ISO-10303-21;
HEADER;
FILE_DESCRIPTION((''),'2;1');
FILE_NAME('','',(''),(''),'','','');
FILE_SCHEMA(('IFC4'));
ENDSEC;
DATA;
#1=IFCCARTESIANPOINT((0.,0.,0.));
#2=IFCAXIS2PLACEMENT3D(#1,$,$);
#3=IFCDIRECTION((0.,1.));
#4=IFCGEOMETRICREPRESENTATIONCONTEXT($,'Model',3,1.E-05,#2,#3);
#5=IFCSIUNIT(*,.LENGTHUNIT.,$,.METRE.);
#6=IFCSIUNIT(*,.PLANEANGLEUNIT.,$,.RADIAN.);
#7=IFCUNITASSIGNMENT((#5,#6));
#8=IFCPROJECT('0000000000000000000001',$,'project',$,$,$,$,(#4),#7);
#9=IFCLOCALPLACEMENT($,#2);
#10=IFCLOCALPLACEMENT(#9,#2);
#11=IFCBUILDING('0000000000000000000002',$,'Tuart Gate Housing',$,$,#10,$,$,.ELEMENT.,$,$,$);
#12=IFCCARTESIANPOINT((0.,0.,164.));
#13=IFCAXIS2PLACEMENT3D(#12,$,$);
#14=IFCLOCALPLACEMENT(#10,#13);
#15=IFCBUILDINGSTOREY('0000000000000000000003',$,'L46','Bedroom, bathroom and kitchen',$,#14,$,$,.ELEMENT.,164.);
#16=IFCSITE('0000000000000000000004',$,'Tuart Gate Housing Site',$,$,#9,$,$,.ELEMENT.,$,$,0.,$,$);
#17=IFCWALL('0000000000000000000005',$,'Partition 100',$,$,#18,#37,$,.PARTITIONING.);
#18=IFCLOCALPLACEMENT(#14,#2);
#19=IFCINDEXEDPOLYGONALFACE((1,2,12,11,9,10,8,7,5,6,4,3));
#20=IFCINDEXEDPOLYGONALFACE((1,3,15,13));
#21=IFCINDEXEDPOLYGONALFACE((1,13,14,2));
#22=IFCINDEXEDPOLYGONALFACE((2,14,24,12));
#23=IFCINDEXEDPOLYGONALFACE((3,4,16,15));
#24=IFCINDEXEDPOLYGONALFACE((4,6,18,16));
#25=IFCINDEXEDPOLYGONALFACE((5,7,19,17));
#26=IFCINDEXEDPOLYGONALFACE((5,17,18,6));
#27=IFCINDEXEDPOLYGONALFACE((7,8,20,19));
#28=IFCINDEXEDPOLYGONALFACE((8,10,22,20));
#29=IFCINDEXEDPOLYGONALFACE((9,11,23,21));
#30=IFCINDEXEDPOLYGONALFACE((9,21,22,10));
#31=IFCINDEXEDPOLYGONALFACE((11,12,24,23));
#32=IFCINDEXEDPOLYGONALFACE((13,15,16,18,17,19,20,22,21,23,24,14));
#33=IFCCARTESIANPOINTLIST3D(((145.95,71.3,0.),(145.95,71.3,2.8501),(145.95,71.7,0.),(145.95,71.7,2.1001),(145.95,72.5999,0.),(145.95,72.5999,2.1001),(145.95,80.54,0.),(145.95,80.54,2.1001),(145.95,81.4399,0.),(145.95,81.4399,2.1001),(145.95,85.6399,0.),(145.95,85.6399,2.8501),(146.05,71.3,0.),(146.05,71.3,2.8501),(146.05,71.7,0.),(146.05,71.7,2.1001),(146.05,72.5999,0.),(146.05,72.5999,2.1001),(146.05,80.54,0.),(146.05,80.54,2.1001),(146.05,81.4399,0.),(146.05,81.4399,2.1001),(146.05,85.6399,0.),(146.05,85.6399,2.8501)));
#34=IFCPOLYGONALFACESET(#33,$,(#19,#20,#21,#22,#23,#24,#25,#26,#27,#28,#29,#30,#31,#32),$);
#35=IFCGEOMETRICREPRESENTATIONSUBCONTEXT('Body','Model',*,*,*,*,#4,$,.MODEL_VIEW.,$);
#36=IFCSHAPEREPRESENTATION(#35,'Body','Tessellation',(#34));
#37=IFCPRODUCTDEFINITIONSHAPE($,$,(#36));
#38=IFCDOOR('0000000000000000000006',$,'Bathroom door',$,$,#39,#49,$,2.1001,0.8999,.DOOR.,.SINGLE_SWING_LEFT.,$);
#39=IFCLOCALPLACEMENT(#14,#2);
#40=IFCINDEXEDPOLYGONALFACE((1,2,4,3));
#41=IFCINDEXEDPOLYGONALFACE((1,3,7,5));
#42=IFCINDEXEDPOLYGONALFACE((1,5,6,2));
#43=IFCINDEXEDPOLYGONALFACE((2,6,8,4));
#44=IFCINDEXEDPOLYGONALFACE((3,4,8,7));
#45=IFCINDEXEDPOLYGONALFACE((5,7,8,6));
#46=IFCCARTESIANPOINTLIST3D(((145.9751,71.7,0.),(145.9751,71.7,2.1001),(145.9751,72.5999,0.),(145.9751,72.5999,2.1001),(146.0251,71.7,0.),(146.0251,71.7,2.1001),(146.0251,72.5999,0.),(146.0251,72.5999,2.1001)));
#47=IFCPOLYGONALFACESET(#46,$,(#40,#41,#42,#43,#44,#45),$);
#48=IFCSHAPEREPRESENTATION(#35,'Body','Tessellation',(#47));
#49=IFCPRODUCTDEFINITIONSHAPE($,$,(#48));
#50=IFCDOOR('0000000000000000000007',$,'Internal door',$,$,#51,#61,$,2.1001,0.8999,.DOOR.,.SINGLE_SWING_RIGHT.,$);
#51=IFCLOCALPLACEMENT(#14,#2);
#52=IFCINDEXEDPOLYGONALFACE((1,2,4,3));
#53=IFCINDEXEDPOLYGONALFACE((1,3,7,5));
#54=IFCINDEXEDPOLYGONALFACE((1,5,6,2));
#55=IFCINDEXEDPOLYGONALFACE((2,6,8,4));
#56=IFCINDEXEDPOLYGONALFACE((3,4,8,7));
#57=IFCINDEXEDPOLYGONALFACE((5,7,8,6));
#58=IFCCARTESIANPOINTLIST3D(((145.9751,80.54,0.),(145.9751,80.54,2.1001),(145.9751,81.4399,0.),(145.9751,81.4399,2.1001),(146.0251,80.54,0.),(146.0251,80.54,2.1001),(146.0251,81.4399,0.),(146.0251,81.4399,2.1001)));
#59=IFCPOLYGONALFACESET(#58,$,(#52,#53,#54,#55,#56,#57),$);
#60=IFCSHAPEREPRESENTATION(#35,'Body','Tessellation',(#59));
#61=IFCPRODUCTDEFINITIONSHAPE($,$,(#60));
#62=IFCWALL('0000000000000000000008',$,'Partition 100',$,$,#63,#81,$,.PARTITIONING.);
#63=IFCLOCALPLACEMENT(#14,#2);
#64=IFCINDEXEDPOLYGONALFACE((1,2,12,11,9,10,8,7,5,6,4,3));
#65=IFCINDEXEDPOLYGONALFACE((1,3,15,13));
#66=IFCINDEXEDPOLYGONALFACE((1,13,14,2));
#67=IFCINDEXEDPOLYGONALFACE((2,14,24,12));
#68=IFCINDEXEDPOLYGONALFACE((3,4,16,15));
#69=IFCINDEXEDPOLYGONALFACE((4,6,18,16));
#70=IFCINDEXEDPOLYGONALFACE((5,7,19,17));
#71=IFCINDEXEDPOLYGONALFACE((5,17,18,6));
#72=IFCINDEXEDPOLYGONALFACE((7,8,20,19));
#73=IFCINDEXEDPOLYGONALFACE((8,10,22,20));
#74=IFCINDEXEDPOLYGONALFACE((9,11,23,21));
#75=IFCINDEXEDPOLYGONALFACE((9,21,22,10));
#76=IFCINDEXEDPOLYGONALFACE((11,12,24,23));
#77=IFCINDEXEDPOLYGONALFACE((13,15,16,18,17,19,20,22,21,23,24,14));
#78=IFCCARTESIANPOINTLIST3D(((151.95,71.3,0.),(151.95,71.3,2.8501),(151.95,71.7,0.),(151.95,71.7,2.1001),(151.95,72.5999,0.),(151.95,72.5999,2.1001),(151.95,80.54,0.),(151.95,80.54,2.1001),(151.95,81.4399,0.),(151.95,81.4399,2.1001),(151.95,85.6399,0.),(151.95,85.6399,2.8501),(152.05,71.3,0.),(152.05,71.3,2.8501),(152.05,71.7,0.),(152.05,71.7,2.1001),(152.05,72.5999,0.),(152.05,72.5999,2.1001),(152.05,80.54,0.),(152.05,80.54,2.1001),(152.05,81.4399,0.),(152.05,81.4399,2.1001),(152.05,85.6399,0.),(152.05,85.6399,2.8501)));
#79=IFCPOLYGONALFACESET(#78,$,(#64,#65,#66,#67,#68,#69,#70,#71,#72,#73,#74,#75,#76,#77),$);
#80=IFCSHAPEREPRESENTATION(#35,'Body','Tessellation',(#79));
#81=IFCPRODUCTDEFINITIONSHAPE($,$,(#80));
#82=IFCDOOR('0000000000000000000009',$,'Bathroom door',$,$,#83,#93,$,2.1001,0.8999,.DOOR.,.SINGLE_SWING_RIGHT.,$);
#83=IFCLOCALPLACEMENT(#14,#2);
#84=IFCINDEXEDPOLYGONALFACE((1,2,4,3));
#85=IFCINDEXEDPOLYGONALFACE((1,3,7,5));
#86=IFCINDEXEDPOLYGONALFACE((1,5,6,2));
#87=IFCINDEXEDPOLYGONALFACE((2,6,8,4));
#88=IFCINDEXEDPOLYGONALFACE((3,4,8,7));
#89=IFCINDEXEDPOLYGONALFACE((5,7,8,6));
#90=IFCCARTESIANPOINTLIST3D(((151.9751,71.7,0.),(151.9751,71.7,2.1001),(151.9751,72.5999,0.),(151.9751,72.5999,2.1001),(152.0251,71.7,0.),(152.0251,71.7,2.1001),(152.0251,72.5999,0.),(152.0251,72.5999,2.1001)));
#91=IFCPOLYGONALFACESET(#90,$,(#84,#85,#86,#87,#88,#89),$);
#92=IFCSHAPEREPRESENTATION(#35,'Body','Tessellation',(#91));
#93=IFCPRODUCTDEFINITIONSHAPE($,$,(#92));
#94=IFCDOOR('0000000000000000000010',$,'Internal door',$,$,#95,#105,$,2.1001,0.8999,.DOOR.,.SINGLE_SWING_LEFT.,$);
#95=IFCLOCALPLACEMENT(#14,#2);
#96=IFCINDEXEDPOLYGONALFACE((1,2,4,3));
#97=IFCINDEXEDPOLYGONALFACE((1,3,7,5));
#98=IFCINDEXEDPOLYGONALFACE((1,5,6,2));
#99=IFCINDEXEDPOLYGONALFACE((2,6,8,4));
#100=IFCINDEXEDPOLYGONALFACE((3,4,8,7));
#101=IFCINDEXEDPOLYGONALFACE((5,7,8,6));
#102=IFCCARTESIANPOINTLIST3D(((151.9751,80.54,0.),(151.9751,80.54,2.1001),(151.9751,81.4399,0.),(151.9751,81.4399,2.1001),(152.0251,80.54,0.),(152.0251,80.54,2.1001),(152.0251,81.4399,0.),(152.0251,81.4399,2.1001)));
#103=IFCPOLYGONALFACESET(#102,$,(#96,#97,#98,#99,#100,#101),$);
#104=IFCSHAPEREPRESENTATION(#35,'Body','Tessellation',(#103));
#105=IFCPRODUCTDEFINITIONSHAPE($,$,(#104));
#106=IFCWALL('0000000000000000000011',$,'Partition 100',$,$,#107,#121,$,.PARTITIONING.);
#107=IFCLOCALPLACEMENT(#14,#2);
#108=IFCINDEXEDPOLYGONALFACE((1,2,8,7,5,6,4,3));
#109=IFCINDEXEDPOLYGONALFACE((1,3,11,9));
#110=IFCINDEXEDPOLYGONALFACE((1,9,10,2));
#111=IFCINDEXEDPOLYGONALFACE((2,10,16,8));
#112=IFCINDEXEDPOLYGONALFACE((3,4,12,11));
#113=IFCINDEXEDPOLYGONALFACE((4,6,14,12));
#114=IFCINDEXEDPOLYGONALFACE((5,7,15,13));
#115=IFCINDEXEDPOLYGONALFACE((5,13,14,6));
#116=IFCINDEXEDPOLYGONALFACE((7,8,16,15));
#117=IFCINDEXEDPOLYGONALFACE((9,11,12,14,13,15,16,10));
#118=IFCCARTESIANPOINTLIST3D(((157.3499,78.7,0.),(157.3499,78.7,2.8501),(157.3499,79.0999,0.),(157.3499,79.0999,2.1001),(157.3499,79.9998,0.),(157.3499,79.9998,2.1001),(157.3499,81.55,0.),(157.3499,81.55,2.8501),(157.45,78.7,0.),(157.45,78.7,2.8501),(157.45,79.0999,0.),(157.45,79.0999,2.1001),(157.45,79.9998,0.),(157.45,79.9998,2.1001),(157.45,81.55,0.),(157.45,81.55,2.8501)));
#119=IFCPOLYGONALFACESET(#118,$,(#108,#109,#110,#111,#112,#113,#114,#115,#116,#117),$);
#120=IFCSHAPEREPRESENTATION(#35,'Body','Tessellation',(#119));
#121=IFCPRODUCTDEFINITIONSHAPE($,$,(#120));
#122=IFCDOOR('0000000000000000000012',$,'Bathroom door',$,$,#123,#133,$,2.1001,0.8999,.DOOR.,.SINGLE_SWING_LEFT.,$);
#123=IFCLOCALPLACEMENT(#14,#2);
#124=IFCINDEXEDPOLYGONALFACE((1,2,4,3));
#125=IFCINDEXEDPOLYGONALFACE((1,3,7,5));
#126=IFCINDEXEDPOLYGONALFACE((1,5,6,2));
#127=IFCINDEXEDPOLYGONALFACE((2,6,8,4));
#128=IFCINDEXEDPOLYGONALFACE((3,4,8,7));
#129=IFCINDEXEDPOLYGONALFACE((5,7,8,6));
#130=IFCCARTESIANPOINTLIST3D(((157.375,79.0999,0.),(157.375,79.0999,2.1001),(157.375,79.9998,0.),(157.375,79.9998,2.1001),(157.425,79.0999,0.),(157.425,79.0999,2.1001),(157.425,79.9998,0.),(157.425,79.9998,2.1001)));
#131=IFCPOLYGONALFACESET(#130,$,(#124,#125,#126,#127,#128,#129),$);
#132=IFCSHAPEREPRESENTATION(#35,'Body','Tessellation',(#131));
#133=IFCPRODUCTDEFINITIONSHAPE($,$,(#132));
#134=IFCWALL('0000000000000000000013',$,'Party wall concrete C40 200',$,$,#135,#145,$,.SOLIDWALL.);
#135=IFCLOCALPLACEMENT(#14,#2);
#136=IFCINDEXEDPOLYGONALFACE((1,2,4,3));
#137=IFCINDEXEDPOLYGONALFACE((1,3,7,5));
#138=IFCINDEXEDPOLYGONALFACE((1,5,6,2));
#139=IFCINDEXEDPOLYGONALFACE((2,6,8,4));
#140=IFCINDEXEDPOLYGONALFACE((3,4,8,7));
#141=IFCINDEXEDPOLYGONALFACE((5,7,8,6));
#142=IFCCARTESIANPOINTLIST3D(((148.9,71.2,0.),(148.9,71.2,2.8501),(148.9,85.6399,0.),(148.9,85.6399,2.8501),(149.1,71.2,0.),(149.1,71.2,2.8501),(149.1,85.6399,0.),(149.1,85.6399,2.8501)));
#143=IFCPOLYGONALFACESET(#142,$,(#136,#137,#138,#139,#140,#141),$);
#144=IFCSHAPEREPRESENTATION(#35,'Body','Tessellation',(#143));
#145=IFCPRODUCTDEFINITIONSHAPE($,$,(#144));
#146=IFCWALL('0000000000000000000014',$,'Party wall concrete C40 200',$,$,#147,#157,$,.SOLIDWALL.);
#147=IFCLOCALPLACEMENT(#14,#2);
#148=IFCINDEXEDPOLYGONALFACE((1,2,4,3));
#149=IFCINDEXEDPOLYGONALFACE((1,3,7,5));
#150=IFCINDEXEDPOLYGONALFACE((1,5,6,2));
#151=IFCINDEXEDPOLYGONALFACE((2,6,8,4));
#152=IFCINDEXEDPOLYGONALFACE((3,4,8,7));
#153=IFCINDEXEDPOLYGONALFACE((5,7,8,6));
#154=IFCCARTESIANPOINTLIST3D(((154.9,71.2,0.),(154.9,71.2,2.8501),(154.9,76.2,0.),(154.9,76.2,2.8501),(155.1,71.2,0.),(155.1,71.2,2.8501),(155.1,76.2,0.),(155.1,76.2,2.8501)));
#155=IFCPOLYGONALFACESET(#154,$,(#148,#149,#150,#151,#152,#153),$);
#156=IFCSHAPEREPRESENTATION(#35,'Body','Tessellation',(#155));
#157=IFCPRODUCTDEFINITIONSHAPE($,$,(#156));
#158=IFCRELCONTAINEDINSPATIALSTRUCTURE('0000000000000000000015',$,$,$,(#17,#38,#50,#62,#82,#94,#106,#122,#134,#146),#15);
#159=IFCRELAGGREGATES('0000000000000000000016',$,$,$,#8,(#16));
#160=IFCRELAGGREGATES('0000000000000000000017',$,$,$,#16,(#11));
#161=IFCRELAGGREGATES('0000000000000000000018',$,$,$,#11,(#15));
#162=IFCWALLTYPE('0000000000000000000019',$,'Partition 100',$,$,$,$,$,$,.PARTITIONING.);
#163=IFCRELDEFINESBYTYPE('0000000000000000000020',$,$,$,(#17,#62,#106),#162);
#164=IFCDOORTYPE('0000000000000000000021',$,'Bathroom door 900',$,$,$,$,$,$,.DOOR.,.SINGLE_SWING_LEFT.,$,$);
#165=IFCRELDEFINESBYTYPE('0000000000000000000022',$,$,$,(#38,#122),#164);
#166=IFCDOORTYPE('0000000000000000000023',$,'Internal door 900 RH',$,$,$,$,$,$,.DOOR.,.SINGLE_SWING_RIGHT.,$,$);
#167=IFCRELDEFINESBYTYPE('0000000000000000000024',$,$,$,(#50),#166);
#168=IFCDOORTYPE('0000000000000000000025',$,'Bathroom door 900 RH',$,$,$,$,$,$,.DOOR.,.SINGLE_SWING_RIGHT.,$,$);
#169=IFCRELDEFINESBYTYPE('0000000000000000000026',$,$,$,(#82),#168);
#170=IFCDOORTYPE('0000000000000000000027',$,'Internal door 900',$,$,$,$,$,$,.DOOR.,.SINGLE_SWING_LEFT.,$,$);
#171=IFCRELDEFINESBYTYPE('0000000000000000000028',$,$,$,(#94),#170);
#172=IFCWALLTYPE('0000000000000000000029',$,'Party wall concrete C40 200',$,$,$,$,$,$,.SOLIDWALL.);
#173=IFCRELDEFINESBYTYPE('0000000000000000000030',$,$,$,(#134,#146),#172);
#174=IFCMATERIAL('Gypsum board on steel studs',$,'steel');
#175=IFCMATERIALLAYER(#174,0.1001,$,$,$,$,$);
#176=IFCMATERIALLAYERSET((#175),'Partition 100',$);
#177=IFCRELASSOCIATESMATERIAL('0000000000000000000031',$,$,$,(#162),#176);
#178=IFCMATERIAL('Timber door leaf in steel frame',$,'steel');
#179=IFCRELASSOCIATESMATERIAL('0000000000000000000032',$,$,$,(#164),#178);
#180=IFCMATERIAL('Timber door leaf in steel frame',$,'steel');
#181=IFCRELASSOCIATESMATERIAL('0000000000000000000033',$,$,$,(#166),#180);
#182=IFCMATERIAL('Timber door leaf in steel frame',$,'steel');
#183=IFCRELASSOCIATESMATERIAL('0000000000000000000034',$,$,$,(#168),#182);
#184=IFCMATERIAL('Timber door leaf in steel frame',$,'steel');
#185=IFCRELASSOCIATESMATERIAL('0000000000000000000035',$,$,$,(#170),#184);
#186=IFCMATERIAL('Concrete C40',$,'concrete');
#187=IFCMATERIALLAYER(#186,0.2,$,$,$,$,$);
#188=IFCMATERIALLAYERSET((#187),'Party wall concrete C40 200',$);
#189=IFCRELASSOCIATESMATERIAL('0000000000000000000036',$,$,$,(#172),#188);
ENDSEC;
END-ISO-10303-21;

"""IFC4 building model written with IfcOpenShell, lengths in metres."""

from ifc_helpers import new_model, si_unit, direction, frame, frame_2d, origin, place, context, subcontext, project, spatial, rectangle, extrude, material, layer, layer_set, type_object, element, fill, save


model = new_model("IFC4")

# Units and contexts
model_context = context("Model", 3, precision=1e-05, world=origin(), true_north=direction((0.0, 1.0)))
body_context = subcontext(model_context, "Body", "Model", "MODEL_VIEW")
ifc_project = project(units=[si_unit("LENGTHUNIT", "METRE"), si_unit("PLANEANGLEUNIT", "RADIAN")], contexts=[model_context])

# Site, building, storey
site_placement = place(None, origin())
site = spatial("IfcSite", under=ifc_project, at=site_placement, Name="Tuart Gate Housing Site", CompositionType="ELEMENT", RefElevation=0.0)
building_placement = place(site_placement, origin())
building = spatial("IfcBuilding", under=site, at=building_placement, Name="Tuart Gate Housing", CompositionType="ELEMENT")
storey_placement = place(building_placement, frame((0.0, 0.0, 164.0)))
storey = spatial("IfcBuildingStorey", under=building, at=storey_placement, Name="L46", Description="Bedroom, bathroom and kitchen", CompositionType="ELEMENT", Elevation=164.0)

# Shared definitions
ifc_material_1 = material(Name="Gypsum board on steel studs", Category="steel")
ifc_layer_1 = layer(ifc_material_1, 0.1001)
ifc_layer_set_1 = layer_set([ifc_layer_1], Name="Partition 100")
wall_type_1 = type_object("IfcWallType", Name="Partition 100", PredefinedType="PARTITIONING", material=ifc_layer_set_1)

# Walls, openings, doors
wall_1_placement = place(storey_placement, frame((146.0, 71.3, 0.0), z_axis=(0.0, 0.0, 1.0), x_axis=(0.0, 1.0, 0.0)))
wall_1 = element("IfcWall", 1, at=wall_1_placement, inside=storey, type_object=wall_type_1, Name="Partition 100", PredefinedType="PARTITIONING", context=body_context, shape_type="SweptSolid", body=[
    extrude(rectangle(XDim=14.3398, YDim=0.1001, at=frame_2d((7.1699, 0.0))), origin(), (0.0, 0.0, 1.0), 2.8501),
])
opening_1_placement = place(wall_1_placement, frame((9.24, 0.0, 0.0)))
opening_1 = element("IfcOpeningElement", 2, at=opening_1_placement, cuts=wall_1, PredefinedType="OPENING", context=body_context, shape_type="SweptSolid", body=[
    extrude(rectangle(XDim=0.8999, YDim=2.1001, at=frame_2d((0.45, 1.05))), frame((0.0, 0.0601, 0.0), z_axis=(0.0, -1.0, 0.0), x_axis=(1.0, 0.0, 0.0)), (0.0, 0.0, 1.0), 0.1201),
])
opening_2_placement = place(wall_1_placement, frame((0.3999, 0.0, 0.0)))
opening_2 = element("IfcOpeningElement", 3, at=opening_2_placement, cuts=wall_1, PredefinedType="OPENING", context=body_context, shape_type="SweptSolid", body=[
    extrude(rectangle(XDim=0.8999, YDim=2.1001, at=frame_2d((0.45, 1.05))), frame((0.0, 0.0601, 0.0), z_axis=(0.0, -1.0, 0.0), x_axis=(1.0, 0.0, 0.0)), (0.0, 0.0, 1.0), 0.1201),
])
ifc_material_2 = material(Name="Timber door leaf in steel frame", Category="steel")
door_type_1 = type_object("IfcDoorType", Name="Bathroom door 900", OperationType="SINGLE_SWING_LEFT", PredefinedType="DOOR", material=ifc_material_2)
door_1_placement = place(opening_2_placement, origin())
door_1 = element("IfcDoor", 4, at=door_1_placement, inside=storey, type_object=door_type_1, Name="Bathroom door", OperationType="SINGLE_SWING_LEFT", OverallHeight=2.1001, OverallWidth=0.8999, PredefinedType="DOOR", context=body_context, shape_type="SweptSolid", body=[
    extrude(rectangle(XDim=0.8999, YDim=2.1001, at=frame_2d((0.45, 1.05))), frame((0.0, 0.0249, 0.0), z_axis=(0.0, -1.0, 0.0), x_axis=(1.0, 0.0, 0.0)), (0.0, 0.0, 1.0), 0.05),
])
fill(opening_2, door_1)
ifc_material_3 = material(Name="Timber door leaf in steel frame", Category="steel")
door_type_2 = type_object("IfcDoorType", Name="Internal door 900 RH", OperationType="SINGLE_SWING_RIGHT", PredefinedType="DOOR", material=ifc_material_3)
door_2_placement = place(opening_1_placement, origin())
door_2 = element("IfcDoor", 5, at=door_2_placement, inside=storey, type_object=door_type_2, Name="Internal door", OperationType="SINGLE_SWING_RIGHT", OverallHeight=2.1001, OverallWidth=0.8999, PredefinedType="DOOR", context=body_context, shape_type="SweptSolid", body=[
    extrude(rectangle(XDim=0.8999, YDim=2.1001, at=frame_2d((0.45, 1.05))), frame((0.0, 0.0249, 0.0), z_axis=(0.0, -1.0, 0.0), x_axis=(1.0, 0.0, 0.0)), (0.0, 0.0, 1.0), 0.05),
])
fill(opening_1, door_2)
wall_2_placement = place(storey_placement, frame((152.0, 71.3, 0.0), z_axis=(0.0, 0.0, 1.0), x_axis=(0.0, 1.0, 0.0)))
wall_2 = element("IfcWall", 6, at=wall_2_placement, inside=storey, type_object=wall_type_1, Name="Partition 100", PredefinedType="PARTITIONING", context=body_context, shape_type="SweptSolid", body=[
    extrude(rectangle(XDim=14.3398, YDim=0.1001, at=frame_2d((7.1699, 0.0))), origin(), (0.0, 0.0, 1.0), 2.8501),
])
opening_3_placement = place(wall_2_placement, frame((9.24, 0.0, 0.0)))
opening_3 = element("IfcOpeningElement", 7, at=opening_3_placement, cuts=wall_2, PredefinedType="OPENING", context=body_context, shape_type="SweptSolid", body=[
    extrude(rectangle(XDim=0.8999, YDim=2.1001, at=frame_2d((0.45, 1.05))), frame((0.0, 0.0601, 0.0), z_axis=(0.0, -1.0, 0.0), x_axis=(1.0, 0.0, 0.0)), (0.0, 0.0, 1.0), 0.1201),
])
opening_4_placement = place(wall_2_placement, frame((0.3999, 0.0, 0.0)))
opening_4 = element("IfcOpeningElement", 8, at=opening_4_placement, cuts=wall_2, PredefinedType="OPENING", context=body_context, shape_type="SweptSolid", body=[
    extrude(rectangle(XDim=0.8999, YDim=2.1001, at=frame_2d((0.45, 1.05))), frame((0.0, 0.0601, 0.0), z_axis=(0.0, -1.0, 0.0), x_axis=(1.0, 0.0, 0.0)), (0.0, 0.0, 1.0), 0.1201),
])
ifc_material_4 = material(Name="Timber door leaf in steel frame", Category="steel")
door_type_3 = type_object("IfcDoorType", Name="Bathroom door 900 RH", OperationType="SINGLE_SWING_RIGHT", PredefinedType="DOOR", material=ifc_material_4)
door_3_placement = place(opening_4_placement, frame((0.8999, 0.0, 0.0), z_axis=(0.0, 0.0, 1.0), x_axis=(-1.0, 0.0, 0.0)))
door_3 = element("IfcDoor", 9, at=door_3_placement, inside=storey, type_object=door_type_3, Name="Bathroom door", OperationType="SINGLE_SWING_RIGHT", OverallHeight=2.1001, OverallWidth=0.8999, PredefinedType="DOOR", context=body_context, shape_type="SweptSolid", body=[
    extrude(rectangle(XDim=0.8999, YDim=2.1001, at=frame_2d((0.45, 1.05))), frame((0.0, 0.0251, 0.0), z_axis=(0.0, -1.0, 0.0), x_axis=(1.0, 0.0, 0.0)), (0.0, 0.0, 1.0), 0.05),
])
fill(opening_4, door_3)
ifc_material_5 = material(Name="Timber door leaf in steel frame", Category="steel")
door_type_4 = type_object("IfcDoorType", Name="Internal door 900", OperationType="SINGLE_SWING_LEFT", PredefinedType="DOOR", material=ifc_material_5)
door_4_placement = place(opening_3_placement, frame((0.8999, 0.0, 0.0), z_axis=(0.0, 0.0, 1.0), x_axis=(-1.0, 0.0, 0.0)))
door_4 = element("IfcDoor", 10, at=door_4_placement, inside=storey, type_object=door_type_4, Name="Internal door", OperationType="SINGLE_SWING_LEFT", OverallHeight=2.1001, OverallWidth=0.8999, PredefinedType="DOOR", context=body_context, shape_type="SweptSolid", body=[
    extrude(rectangle(XDim=0.8999, YDim=2.1001, at=frame_2d((0.45, 1.05))), frame((0.0, 0.0251, 0.0), z_axis=(0.0, -1.0, 0.0), x_axis=(1.0, 0.0, 0.0)), (0.0, 0.0, 1.0), 0.05),
])
fill(opening_3, door_4)

# Wall, opening, door
wall_3_placement = place(storey_placement, frame((157.3999, 78.7, 0.0), z_axis=(0.0, 0.0, 1.0), x_axis=(0.0, 1.0, 0.0)))
wall_3 = element("IfcWall", 11, at=wall_3_placement, inside=storey, type_object=wall_type_1, Name="Partition 100", PredefinedType="PARTITIONING", context=body_context, shape_type="SweptSolid", body=[
    extrude(rectangle(XDim=2.8501, YDim=0.1001, at=frame_2d((1.425, 0.0))), origin(), (0.0, 0.0, 1.0), 2.8501),
])
opening_5_placement = place(wall_3_placement, frame((0.3999, 0.0, 0.0)))
opening_5 = element("IfcOpeningElement", 12, at=opening_5_placement, cuts=wall_3, PredefinedType="OPENING", context=body_context, shape_type="SweptSolid", body=[
    extrude(rectangle(XDim=0.8999, YDim=2.1001, at=frame_2d((0.45, 1.05))), frame((0.0, 0.0601, 0.0), z_axis=(0.0, -1.0, 0.0), x_axis=(1.0, 0.0, 0.0)), (0.0, 0.0, 1.0), 0.1201),
])
door_5_placement = place(opening_5_placement, origin())
door_5 = element("IfcDoor", 13, at=door_5_placement, inside=storey, type_object=door_type_1, Name="Bathroom door", OperationType="SINGLE_SWING_LEFT", OverallHeight=2.1001, OverallWidth=0.8999, PredefinedType="DOOR", context=body_context, shape_type="SweptSolid", body=[
    extrude(rectangle(XDim=0.8999, YDim=2.1001, at=frame_2d((0.45, 1.05))), frame((0.0, 0.0249, 0.0), z_axis=(0.0, -1.0, 0.0), x_axis=(1.0, 0.0, 0.0)), (0.0, 0.0, 1.0), 0.05),
])
fill(opening_5, door_5)

# Walls
ifc_material_6 = material(Name="Concrete C40", Category="concrete")
ifc_layer_2 = layer(ifc_material_6, 0.2)
ifc_layer_set_2 = layer_set([ifc_layer_2], Name="Party wall concrete C40 200")
wall_type_2 = type_object("IfcWallType", Name="Party wall concrete C40 200", PredefinedType="SOLIDWALL", material=ifc_layer_set_2)
wall_4_placement = place(storey_placement, frame((149.0, 71.2, 0.0), z_axis=(0.0, 0.0, 1.0), x_axis=(0.0, 1.0, 0.0)))
element("IfcWall", 14, at=wall_4_placement, inside=storey, type_object=wall_type_2, Name="Party wall concrete C40 200", PredefinedType="SOLIDWALL", context=body_context, shape_type="SweptSolid", body=[
    extrude(rectangle(XDim=14.4399, YDim=0.2, at=frame_2d((7.22, 0.0))), origin(), (0.0, 0.0, 1.0), 2.8501),
])
wall_5_placement = place(storey_placement, frame((155.0, 71.2, 0.0), z_axis=(0.0, 0.0, 1.0), x_axis=(0.0, 1.0, 0.0)))
element("IfcWall", 15, at=wall_5_placement, inside=storey, type_object=wall_type_2, Name="Party wall concrete C40 200", PredefinedType="SOLIDWALL", context=body_context, shape_type="SweptSolid", body=[
    extrude(rectangle(XDim=5.0, YDim=0.2, at=frame_2d((2.5, 0.0))), origin(), (0.0, 0.0, 1.0), 2.8501),
])

save(model, "model.ifc")
